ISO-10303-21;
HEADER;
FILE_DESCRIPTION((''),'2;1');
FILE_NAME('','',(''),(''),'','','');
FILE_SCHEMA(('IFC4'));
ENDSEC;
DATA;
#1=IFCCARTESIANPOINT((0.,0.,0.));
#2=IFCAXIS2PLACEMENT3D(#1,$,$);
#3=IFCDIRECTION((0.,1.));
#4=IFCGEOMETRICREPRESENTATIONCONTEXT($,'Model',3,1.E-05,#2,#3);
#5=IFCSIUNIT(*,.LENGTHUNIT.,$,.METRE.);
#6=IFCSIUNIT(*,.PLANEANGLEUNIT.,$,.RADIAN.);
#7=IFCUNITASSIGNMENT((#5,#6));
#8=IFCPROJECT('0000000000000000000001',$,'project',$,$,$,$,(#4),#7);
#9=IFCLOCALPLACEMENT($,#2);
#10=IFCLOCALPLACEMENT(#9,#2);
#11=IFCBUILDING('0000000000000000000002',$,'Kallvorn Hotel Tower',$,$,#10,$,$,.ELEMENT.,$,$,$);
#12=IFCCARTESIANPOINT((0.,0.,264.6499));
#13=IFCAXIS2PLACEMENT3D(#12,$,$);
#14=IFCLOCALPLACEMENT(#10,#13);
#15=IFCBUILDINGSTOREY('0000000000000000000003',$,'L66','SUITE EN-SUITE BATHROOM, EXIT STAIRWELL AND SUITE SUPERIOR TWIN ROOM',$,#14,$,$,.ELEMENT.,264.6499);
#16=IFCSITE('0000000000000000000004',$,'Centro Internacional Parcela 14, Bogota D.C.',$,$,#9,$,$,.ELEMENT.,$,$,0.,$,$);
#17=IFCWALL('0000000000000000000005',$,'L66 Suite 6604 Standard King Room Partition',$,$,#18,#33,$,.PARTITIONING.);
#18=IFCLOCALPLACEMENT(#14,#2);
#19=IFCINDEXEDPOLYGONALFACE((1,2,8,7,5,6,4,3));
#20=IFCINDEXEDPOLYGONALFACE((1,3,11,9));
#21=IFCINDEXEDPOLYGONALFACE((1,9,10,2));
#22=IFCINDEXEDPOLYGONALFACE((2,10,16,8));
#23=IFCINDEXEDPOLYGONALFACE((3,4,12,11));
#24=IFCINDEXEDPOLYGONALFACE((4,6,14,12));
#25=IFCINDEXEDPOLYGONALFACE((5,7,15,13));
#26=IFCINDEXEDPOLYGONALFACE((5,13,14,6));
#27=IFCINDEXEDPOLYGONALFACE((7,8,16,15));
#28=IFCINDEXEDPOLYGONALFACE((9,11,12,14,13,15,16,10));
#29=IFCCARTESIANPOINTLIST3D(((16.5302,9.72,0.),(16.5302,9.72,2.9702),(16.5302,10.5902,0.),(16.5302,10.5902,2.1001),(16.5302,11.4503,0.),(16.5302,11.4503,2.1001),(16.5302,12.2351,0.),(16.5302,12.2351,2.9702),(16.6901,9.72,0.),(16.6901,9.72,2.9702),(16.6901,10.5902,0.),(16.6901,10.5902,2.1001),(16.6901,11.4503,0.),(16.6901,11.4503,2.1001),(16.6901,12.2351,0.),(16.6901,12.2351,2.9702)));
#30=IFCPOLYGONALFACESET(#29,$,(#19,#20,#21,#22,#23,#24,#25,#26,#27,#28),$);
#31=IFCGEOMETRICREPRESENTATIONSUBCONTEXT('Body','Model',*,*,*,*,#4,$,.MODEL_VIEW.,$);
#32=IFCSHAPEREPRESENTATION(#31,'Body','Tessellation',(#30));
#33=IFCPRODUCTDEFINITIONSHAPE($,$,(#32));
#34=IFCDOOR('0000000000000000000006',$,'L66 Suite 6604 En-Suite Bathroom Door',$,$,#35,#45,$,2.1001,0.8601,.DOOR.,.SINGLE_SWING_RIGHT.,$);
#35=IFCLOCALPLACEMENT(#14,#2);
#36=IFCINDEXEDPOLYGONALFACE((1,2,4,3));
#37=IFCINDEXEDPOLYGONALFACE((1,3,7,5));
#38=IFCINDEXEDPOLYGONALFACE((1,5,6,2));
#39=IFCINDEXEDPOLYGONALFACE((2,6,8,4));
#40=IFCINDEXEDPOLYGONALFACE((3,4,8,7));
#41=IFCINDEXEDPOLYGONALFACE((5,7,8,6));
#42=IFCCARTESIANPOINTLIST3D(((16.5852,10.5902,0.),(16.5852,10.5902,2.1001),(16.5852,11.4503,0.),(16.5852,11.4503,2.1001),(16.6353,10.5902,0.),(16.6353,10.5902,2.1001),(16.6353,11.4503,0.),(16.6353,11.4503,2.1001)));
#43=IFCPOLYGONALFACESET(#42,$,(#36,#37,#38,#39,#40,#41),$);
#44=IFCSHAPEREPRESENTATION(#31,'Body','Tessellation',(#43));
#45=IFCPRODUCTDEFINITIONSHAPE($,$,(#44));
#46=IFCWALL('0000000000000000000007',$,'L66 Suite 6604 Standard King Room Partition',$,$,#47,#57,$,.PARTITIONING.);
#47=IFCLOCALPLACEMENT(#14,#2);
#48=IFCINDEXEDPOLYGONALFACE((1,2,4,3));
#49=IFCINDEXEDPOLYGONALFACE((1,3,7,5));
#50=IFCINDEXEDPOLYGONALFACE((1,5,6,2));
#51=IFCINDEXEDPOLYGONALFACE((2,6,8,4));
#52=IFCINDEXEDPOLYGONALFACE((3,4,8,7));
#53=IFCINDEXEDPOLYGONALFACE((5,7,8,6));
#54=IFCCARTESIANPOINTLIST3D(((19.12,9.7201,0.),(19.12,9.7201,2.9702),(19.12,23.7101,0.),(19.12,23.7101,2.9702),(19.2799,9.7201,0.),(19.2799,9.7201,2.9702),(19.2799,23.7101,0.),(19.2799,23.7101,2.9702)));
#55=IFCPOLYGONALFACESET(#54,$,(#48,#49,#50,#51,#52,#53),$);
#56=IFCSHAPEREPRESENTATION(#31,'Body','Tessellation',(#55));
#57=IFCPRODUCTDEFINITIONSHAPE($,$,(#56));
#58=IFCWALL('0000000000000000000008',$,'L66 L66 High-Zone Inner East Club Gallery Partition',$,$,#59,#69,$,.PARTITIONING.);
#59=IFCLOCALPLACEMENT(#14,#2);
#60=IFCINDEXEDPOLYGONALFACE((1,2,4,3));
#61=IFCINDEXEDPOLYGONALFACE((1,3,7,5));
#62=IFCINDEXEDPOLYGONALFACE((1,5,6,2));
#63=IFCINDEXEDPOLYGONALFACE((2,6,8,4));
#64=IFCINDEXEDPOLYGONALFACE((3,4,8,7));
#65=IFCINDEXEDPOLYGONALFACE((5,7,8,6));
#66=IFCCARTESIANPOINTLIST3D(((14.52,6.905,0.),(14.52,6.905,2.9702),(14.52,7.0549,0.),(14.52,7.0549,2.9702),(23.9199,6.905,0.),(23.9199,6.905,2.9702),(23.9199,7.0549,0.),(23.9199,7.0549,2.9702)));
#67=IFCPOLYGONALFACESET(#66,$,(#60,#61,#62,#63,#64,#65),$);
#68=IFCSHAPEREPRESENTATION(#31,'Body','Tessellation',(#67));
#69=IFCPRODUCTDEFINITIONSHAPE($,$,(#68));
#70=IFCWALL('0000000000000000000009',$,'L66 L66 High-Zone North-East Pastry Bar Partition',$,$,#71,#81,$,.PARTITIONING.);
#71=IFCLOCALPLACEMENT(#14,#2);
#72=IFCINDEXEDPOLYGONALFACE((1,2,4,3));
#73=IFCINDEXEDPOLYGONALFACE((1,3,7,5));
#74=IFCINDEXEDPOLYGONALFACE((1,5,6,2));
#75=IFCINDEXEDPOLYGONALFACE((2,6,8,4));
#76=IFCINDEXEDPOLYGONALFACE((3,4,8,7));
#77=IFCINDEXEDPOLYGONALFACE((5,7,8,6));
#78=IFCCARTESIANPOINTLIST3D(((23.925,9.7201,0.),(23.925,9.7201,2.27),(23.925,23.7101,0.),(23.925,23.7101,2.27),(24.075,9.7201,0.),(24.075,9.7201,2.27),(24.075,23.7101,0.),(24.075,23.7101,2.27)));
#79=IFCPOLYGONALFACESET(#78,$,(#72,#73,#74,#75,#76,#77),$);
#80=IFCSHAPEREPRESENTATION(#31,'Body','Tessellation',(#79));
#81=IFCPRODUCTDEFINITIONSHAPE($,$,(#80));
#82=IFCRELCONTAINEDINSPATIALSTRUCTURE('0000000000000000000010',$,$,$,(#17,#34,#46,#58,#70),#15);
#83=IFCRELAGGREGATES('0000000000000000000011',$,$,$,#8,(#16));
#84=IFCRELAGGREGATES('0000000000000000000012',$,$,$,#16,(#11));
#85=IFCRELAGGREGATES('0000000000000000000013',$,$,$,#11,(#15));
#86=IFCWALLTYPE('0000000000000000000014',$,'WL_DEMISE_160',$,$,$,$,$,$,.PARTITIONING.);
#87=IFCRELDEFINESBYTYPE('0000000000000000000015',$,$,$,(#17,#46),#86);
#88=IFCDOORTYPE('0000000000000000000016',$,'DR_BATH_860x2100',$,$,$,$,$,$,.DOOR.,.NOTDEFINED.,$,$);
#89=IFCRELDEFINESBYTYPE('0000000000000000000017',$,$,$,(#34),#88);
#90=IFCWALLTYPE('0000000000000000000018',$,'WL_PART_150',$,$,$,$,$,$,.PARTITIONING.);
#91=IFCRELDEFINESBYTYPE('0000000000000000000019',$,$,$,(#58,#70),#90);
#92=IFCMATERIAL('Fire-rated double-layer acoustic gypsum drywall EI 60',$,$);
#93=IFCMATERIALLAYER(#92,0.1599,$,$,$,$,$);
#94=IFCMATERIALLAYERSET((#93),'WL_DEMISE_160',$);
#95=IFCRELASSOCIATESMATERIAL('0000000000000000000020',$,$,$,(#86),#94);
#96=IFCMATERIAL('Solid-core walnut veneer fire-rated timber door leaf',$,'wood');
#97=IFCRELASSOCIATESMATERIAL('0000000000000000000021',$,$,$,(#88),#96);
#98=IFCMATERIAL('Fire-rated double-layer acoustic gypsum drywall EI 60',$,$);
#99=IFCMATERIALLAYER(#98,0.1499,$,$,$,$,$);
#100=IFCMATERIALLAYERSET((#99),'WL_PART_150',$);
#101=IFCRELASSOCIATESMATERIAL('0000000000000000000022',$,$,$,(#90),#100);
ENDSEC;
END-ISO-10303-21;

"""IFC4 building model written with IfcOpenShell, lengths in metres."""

from ifc_helpers import new_model, si_unit, direction, frame, frame_2d, origin, place, context, subcontext, project, spatial, rectangle, extrude, material, layer, layer_set, type_object, element, fill, save


model = new_model("IFC4")

# Units and contexts
model_context = context("Model", 3, precision=1e-05, world=origin(), true_north=direction((0.0, 1.0)))
body_context = subcontext(model_context, "Body", "Model", "MODEL_VIEW")
ifc_project = project(units=[si_unit("LENGTHUNIT", "METRE"), si_unit("PLANEANGLEUNIT", "RADIAN")], contexts=[model_context])

# Site, building, storey
site_placement = place(None, origin())
site = spatial("IfcSite", under=ifc_project, at=site_placement, Name="Centro Internacional Parcela 14, Bogota D.C.", CompositionType="ELEMENT", RefElevation=0.0)
building_placement = place(site_placement, origin())
building = spatial("IfcBuilding", under=site, at=building_placement, Name="Kallvorn Hotel Tower", CompositionType="ELEMENT")
storey_placement = place(building_placement, frame((0.0, 0.0, 264.6499)))
storey = spatial("IfcBuildingStorey", under=building, at=storey_placement, Name="L66", Description="SUITE EN-SUITE BATHROOM, EXIT STAIRWELL AND SUITE SUPERIOR TWIN ROOM", CompositionType="ELEMENT", Elevation=264.6499)

# Shared definitions
ifc_material_1 = material(Name="Fire-rated double-layer acoustic gypsum drywall EI 60")
ifc_layer_1 = layer(ifc_material_1, 0.1599)
ifc_layer_set_1 = layer_set([ifc_layer_1], Name="WL_DEMISE_160")
wall_type_1 = type_object("IfcWallType", Name="WL_DEMISE_160", PredefinedType="PARTITIONING", material=ifc_layer_set_1)

# Wall, opening, door
wall_1_placement = place(storey_placement, frame((16.6101, 9.72, 0.0), z_axis=(0.0, 0.0, 1.0), x_axis=(0.0, 1.0, 0.0)))
wall_1 = element("IfcWall", 1, at=wall_1_placement, inside=storey, type_object=wall_type_1, Name="L66 Suite 6604 Standard King Room Partition", PredefinedType="PARTITIONING", context=body_context, shape_type="SweptSolid", body=[
    extrude(rectangle(XDim=2.5151, YDim=0.1599, at=frame_2d((1.2576, 0.0))), origin(), (0.0, 0.0, 1.0), 2.9702),
])
opening_placement = place(wall_1_placement, frame((0.8701, 0.0, 0.0)))
opening = element("IfcOpeningElement", 2, at=opening_placement, cuts=wall_1, PredefinedType="OPENING", context=body_context, shape_type="SweptSolid", body=[
    extrude(rectangle(XDim=0.8601, YDim=2.1001, at=frame_2d((0.4302, 1.05))), frame((0.0, 0.095, 0.0), z_axis=(0.0, -1.0, 0.0), x_axis=(1.0, 0.0, 0.0)), (0.0, 0.0, 1.0), 0.1899),
])
ifc_material_2 = material(Name="Solid-core walnut veneer fire-rated timber door leaf", Category="wood")
door_type = type_object("IfcDoorType", Name="DR_BATH_860x2100", OperationType="NOTDEFINED", PredefinedType="DOOR", material=ifc_material_2)
door_placement = place(opening_placement, origin())
door = element("IfcDoor", 3, at=door_placement, inside=storey, type_object=door_type, Name="L66 Suite 6604 En-Suite Bathroom Door", OperationType="SINGLE_SWING_RIGHT", OverallHeight=2.1001, OverallWidth=0.8601, PredefinedType="DOOR", context=body_context, shape_type="SweptSolid", body=[
    extrude(rectangle(XDim=0.8601, YDim=2.1001, at=frame_2d((0.4302, 1.05))), frame((0.0, 0.0249, 0.0), z_axis=(0.0, -1.0, 0.0), x_axis=(1.0, 0.0, 0.0)), (0.0, 0.0, 1.0), 0.05),
])
fill(opening, door)

# Walls
wall_2_placement = place(storey_placement, frame((19.2, 9.72, 0.0), z_axis=(0.0, 0.0, 1.0), x_axis=(0.0, 1.0, 0.0)))
element("IfcWall", 4, at=wall_2_placement, inside=storey, type_object=wall_type_1, Name="L66 Suite 6604 Standard King Room Partition", PredefinedType="PARTITIONING", context=body_context, shape_type="SweptSolid", body=[
    extrude(rectangle(XDim=13.99, YDim=0.1599, at=frame_2d((6.9951, 0.0))), origin(), (0.0, 0.0, 1.0), 2.9702),
])
ifc_material_3 = material(Name="Fire-rated double-layer acoustic gypsum drywall EI 60")
ifc_layer_2 = layer(ifc_material_3, 0.1499)
ifc_layer_set_2 = layer_set([ifc_layer_2], Name="WL_PART_150")
wall_type_2 = type_object("IfcWallType", Name="WL_PART_150", PredefinedType="PARTITIONING", material=ifc_layer_set_2)
wall_3_placement = place(storey_placement, frame((14.52, 6.98, 0.0), z_axis=(0.0, 0.0, 1.0), x_axis=(1.0, 0.0, 0.0)))
element("IfcWall", 5, at=wall_3_placement, inside=storey, type_object=wall_type_2, Name="L66 L66 High-Zone Inner East Club Gallery Partition", PredefinedType="PARTITIONING", context=body_context, shape_type="SweptSolid", body=[
    extrude(rectangle(XDim=9.3999, YDim=0.1499, at=frame_2d((4.7, 0.0))), origin(), (0.0, 0.0, 1.0), 2.9702),
])
wall_4_placement = place(storey_placement, frame((24.0, 9.72, 0.0), z_axis=(0.0, 0.0, 1.0), x_axis=(0.0, 1.0, 0.0)))
element("IfcWall", 6, at=wall_4_placement, inside=storey, type_object=wall_type_2, Name="L66 L66 High-Zone North-East Pastry Bar Partition", PredefinedType="PARTITIONING", context=body_context, shape_type="SweptSolid", body=[
    extrude(rectangle(XDim=13.99, YDim=0.1499, at=frame_2d((6.9951, 0.0))), origin(), (0.0, 0.0, 1.0), 2.27),
])

save(model, "model.ifc")
